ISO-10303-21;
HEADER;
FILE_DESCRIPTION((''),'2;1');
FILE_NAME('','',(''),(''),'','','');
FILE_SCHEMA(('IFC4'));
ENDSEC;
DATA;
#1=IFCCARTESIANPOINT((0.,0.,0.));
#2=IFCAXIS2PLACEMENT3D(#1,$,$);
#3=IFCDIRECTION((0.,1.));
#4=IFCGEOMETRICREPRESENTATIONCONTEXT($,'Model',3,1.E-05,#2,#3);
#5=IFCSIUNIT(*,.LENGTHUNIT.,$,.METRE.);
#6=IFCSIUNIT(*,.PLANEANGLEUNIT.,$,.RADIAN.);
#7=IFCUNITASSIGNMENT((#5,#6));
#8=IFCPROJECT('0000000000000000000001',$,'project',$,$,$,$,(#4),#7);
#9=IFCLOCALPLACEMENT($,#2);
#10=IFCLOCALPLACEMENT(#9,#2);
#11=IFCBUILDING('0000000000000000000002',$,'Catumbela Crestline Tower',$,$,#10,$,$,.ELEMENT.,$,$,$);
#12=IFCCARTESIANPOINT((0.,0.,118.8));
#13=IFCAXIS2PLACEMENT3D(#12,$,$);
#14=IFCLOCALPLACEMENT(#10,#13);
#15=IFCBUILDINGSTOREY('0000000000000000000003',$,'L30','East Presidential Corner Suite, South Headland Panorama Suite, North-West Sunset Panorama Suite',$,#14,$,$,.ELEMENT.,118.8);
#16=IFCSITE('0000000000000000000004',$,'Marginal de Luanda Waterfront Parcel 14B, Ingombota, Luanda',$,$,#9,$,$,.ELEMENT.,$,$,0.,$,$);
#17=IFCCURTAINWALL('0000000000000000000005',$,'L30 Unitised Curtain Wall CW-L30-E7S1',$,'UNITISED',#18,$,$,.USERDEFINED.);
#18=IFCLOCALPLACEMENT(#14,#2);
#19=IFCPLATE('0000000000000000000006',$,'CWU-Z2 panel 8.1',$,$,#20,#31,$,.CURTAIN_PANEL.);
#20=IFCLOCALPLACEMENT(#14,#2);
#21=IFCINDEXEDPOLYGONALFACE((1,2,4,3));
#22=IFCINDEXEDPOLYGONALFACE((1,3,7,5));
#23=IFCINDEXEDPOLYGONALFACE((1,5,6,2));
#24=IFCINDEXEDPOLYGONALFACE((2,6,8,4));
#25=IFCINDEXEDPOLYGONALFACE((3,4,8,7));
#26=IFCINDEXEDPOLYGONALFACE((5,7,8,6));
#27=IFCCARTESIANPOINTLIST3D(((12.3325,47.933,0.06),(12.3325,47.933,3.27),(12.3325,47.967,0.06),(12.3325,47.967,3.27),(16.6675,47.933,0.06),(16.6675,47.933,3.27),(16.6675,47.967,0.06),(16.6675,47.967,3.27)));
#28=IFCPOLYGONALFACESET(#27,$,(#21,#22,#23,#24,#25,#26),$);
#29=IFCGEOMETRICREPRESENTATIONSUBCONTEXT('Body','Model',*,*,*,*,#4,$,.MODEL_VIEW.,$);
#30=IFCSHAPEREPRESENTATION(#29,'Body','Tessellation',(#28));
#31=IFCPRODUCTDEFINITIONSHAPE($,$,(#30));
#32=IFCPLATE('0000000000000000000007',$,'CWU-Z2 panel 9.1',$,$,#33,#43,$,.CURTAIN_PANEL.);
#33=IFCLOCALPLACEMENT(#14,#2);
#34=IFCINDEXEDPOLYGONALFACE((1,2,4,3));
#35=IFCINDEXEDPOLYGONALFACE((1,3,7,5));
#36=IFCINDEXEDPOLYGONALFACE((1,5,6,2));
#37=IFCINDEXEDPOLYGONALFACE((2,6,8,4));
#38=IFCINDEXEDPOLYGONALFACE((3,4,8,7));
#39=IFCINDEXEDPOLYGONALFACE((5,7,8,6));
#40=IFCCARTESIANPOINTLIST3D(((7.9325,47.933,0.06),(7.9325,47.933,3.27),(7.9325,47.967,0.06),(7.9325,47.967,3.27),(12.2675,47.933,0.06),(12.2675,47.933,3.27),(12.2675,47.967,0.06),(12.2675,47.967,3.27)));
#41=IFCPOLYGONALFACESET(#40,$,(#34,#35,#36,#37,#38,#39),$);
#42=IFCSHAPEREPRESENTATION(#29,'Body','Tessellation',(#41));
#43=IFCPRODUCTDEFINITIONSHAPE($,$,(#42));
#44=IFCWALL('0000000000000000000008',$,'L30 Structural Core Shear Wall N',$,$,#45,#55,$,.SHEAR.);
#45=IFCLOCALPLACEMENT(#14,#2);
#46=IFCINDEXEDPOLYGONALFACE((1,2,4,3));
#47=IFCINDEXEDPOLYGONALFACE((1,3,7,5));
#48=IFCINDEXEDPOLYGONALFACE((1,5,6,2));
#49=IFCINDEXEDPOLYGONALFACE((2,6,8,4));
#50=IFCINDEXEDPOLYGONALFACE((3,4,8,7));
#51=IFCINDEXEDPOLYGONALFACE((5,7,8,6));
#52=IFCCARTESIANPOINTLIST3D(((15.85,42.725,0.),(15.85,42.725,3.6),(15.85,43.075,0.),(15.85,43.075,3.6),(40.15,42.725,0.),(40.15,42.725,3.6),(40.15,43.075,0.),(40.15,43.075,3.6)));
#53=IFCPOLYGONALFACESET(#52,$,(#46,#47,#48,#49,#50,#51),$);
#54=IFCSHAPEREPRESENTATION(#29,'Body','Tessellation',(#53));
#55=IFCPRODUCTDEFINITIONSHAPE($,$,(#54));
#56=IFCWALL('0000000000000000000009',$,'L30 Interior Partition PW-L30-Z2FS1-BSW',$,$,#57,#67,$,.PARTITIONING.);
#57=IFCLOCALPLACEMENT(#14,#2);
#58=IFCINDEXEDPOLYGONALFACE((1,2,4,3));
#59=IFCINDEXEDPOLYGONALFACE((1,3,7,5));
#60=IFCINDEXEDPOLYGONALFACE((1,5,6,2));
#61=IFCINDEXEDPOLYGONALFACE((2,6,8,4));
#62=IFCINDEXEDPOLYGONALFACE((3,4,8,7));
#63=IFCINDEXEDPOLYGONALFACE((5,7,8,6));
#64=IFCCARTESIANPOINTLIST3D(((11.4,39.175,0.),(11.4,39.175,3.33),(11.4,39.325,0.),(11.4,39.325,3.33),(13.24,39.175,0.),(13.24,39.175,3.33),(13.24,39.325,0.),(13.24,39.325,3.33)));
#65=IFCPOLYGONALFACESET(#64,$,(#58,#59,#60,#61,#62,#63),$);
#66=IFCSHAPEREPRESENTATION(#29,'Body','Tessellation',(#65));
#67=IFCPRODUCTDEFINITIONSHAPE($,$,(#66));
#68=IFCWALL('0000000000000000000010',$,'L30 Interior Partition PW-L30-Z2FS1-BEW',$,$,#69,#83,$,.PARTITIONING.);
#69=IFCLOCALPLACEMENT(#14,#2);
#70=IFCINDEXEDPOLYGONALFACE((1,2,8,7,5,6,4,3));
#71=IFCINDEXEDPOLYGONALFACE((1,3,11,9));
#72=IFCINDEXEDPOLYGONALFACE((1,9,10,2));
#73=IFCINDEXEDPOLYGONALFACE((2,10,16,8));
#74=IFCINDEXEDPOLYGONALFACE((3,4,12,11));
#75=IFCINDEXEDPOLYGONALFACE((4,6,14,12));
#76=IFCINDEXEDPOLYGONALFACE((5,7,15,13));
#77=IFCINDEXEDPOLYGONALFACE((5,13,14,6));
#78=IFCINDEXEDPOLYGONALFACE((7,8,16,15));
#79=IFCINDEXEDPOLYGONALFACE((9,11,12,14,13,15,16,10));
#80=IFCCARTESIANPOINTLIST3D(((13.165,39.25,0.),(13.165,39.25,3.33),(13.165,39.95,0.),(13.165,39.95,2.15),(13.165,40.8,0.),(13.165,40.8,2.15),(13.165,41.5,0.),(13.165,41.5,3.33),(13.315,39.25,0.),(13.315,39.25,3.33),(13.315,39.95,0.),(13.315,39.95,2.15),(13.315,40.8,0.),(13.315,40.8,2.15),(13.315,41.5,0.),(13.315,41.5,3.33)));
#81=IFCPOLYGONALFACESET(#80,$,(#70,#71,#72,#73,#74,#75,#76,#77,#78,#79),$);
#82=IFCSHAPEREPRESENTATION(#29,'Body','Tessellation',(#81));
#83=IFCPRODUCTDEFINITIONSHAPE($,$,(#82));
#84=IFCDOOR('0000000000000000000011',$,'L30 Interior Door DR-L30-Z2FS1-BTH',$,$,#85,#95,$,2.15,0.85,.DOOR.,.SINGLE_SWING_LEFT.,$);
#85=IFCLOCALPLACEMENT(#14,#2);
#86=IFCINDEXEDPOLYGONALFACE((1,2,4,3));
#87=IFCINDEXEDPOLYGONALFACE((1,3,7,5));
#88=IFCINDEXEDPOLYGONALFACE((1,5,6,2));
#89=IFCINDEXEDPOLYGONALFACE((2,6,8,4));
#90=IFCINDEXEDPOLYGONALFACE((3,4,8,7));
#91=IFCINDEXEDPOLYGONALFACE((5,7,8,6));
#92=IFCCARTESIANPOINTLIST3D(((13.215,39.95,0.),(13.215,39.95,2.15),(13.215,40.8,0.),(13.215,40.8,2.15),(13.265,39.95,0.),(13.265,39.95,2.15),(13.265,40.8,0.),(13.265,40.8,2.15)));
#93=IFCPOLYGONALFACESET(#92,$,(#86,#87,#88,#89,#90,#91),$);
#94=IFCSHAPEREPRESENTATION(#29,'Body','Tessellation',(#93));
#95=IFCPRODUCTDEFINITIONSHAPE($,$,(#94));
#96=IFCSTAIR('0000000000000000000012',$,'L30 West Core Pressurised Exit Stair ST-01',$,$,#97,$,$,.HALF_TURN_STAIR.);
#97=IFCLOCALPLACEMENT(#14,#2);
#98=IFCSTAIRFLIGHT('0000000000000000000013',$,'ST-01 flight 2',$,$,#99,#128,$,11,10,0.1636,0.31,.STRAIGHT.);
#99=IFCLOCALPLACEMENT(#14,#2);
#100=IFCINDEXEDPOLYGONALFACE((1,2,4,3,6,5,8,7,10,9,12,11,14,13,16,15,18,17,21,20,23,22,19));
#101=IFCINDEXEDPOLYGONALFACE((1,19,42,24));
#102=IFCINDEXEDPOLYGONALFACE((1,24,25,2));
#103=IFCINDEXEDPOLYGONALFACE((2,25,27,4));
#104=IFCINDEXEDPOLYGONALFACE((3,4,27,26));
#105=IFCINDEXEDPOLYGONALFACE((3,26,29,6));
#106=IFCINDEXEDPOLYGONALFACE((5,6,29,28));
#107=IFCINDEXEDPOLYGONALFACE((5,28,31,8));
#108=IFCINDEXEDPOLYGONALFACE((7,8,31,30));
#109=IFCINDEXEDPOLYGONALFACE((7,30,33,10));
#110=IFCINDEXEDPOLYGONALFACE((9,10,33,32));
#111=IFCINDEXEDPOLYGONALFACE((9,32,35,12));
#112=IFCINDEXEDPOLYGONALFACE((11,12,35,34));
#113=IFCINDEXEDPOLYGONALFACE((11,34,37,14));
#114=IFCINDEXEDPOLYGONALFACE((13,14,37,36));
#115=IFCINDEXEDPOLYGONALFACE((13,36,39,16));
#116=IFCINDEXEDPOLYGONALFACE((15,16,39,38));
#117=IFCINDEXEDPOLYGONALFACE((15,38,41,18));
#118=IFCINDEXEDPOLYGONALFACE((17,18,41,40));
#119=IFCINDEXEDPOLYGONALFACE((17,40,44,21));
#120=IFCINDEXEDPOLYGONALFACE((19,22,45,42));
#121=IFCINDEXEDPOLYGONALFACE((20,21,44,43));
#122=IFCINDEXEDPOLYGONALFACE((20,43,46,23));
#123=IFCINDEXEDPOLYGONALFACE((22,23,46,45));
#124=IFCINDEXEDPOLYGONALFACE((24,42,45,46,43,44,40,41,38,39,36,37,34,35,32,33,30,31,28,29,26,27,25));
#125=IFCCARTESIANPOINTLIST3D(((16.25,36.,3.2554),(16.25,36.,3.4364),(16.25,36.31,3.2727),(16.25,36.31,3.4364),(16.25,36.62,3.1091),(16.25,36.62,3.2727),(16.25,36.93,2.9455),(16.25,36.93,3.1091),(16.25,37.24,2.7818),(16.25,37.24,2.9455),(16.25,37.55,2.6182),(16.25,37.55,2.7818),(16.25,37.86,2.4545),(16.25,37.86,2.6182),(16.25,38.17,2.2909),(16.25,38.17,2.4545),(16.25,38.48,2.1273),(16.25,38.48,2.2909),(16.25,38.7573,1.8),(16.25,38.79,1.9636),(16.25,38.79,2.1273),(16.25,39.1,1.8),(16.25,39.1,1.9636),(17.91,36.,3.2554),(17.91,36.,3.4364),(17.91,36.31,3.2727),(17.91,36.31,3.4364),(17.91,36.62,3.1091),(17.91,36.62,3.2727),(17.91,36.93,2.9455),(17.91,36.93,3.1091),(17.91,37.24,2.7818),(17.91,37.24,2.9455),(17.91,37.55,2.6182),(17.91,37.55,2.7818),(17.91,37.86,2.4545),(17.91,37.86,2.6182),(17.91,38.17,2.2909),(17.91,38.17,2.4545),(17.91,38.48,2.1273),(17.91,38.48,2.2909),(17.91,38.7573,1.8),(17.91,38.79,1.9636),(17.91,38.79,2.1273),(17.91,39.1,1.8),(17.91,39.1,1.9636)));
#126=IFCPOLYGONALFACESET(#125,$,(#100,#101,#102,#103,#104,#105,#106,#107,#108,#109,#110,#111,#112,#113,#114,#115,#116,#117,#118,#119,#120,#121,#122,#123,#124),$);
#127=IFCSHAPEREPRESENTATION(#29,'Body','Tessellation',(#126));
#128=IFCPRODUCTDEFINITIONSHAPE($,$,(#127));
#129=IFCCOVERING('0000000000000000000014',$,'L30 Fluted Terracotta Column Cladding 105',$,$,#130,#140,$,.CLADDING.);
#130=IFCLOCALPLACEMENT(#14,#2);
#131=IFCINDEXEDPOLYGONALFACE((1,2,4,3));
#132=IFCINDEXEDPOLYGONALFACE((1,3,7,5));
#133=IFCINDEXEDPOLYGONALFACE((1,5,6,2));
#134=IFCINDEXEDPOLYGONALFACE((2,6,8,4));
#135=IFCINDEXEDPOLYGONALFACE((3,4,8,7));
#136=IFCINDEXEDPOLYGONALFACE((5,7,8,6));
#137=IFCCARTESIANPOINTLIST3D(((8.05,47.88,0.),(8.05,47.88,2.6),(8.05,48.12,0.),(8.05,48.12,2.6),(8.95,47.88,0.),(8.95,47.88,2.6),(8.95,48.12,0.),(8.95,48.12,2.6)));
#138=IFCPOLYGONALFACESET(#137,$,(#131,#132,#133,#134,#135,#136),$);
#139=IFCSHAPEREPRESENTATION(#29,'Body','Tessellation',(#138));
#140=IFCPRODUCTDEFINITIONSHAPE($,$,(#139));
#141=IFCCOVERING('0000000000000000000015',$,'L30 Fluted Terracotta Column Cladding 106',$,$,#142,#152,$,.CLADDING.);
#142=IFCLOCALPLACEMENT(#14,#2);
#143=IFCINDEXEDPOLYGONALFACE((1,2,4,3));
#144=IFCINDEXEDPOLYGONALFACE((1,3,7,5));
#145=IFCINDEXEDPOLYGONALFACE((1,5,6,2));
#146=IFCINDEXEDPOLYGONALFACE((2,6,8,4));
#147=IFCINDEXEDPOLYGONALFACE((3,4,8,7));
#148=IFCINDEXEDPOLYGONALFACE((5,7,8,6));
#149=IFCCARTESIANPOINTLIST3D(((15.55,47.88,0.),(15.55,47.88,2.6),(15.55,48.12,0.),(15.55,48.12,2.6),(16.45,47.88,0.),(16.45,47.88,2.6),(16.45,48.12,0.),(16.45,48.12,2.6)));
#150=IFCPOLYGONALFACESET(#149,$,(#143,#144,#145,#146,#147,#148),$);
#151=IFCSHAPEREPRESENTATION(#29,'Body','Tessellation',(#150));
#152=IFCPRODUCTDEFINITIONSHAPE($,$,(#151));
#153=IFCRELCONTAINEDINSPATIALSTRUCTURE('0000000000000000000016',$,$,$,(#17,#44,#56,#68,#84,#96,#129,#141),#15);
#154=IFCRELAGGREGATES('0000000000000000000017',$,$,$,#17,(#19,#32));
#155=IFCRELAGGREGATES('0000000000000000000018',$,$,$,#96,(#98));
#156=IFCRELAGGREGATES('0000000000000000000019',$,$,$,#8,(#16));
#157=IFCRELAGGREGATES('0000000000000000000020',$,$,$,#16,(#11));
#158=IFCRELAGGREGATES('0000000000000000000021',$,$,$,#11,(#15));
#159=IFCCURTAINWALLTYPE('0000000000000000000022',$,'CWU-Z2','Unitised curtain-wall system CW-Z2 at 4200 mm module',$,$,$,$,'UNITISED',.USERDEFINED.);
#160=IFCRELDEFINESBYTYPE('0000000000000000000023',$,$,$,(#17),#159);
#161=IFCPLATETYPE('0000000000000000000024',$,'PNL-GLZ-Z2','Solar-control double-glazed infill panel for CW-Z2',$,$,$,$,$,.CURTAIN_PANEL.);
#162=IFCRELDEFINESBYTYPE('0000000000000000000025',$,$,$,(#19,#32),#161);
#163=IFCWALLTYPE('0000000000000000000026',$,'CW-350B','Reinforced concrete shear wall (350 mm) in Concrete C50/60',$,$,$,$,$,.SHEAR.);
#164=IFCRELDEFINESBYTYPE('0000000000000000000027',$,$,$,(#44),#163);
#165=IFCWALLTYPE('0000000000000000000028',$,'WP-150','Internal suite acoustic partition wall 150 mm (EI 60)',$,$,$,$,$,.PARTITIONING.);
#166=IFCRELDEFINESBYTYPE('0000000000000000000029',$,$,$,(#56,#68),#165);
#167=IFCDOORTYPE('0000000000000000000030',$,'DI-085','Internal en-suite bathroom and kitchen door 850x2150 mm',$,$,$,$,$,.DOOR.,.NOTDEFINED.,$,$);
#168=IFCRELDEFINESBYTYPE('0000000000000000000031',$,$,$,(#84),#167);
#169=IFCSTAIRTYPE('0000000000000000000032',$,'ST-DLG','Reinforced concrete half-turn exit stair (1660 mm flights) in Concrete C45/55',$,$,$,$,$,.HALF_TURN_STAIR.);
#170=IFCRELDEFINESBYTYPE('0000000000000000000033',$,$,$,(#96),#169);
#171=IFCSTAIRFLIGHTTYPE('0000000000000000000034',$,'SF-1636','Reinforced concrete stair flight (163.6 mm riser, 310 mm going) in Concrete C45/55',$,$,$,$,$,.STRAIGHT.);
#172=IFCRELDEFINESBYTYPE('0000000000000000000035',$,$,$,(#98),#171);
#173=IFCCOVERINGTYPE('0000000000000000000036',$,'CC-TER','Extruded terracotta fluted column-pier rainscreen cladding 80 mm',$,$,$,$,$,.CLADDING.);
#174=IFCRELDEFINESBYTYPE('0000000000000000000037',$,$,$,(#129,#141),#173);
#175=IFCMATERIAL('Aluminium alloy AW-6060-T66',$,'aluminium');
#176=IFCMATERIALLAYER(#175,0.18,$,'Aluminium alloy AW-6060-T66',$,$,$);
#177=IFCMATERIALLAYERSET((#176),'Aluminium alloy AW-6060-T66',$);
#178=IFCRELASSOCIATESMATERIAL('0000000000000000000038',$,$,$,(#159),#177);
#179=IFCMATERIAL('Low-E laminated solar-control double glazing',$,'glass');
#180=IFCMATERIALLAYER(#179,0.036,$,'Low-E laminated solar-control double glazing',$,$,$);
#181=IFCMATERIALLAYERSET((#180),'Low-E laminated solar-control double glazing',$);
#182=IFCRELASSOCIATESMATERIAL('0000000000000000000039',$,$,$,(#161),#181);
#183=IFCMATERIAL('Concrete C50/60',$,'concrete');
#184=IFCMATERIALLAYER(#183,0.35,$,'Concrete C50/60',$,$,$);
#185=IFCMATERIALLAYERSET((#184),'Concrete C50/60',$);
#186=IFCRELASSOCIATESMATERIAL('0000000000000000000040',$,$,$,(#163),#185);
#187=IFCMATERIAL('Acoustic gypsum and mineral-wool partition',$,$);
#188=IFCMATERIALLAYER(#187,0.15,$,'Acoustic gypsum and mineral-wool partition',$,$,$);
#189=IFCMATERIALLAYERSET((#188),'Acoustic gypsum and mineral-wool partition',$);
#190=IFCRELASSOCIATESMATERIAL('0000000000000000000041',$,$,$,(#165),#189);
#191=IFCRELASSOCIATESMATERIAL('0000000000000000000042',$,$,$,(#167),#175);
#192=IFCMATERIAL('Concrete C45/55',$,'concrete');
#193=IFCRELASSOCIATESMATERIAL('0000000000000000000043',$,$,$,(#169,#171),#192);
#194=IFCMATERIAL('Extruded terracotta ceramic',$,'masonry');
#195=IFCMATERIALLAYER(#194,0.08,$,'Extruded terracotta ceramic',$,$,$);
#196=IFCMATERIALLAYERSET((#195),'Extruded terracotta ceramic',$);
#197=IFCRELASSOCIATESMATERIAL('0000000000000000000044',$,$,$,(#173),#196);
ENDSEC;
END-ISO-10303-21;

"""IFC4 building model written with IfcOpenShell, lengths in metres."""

from ifc_helpers import new_model, si_unit, direction, frame, frame_2d, origin, origin_2d, place, context, subcontext, project, spatial, polyline, rectangle, outline, extrude, material, layer, layer_set, type_object, element, fill, aggregate, save


model = new_model("IFC4")

# Units and contexts
model_context = context("Model", 3, precision=1e-05, world=origin(), true_north=direction((0.0, 1.0)))
body_context = subcontext(model_context, "Body", "Model", "MODEL_VIEW")
ifc_project = project(units=[si_unit("LENGTHUNIT", "METRE"), si_unit("PLANEANGLEUNIT", "RADIAN")], contexts=[model_context])

# Site, building, storey
site_placement = place(None, origin())
site = spatial("IfcSite", under=ifc_project, at=site_placement, Name="Marginal de Luanda Waterfront Parcel 14B, Ingombota, Luanda", CompositionType="ELEMENT", RefElevation=0.0)
building_placement = place(site_placement, origin())
building = spatial("IfcBuilding", under=site, at=building_placement, Name="Catumbela Crestline Tower", CompositionType="ELEMENT")
storey_placement = place(building_placement, frame((0.0, 0.0, 118.8)))
storey = spatial("IfcBuildingStorey", under=building, at=storey_placement, Name="L30", Description="East Presidential Corner Suite, South Headland Panorama Suite, North-West Sunset Panorama Suite", CompositionType="ELEMENT", Elevation=118.8)

# Curtain wall
ifc_material_1 = material(Name="Aluminium alloy AW-6060-T66", Category="aluminium")
ifc_layer_1 = layer(ifc_material_1, 0.18, Name="Aluminium alloy AW-6060-T66")
ifc_layer_set_1 = layer_set([ifc_layer_1], Name="Aluminium alloy AW-6060-T66")
curtain_wall_type = type_object("IfcCurtainWallType", Name="CWU-Z2", Description="Unitised curtain-wall system CW-Z2 at 4200 mm module", ElementType="UNITISED", PredefinedType="USERDEFINED", material=ifc_layer_set_1)
curtain_wall_placement = place(storey_placement, origin())
curtain_wall = element("IfcCurtainWall", 1, at=curtain_wall_placement, inside=storey, type_object=curtain_wall_type, Name="L30 Unitised Curtain Wall CW-L30-E7S1", ObjectType="UNITISED", PredefinedType="USERDEFINED")

# Plates
ifc_material_2 = material(Name="Low-E laminated solar-control double glazing", Category="glass")
ifc_layer_2 = layer(ifc_material_2, 0.036, Name="Low-E laminated solar-control double glazing")
ifc_layer_set_2 = layer_set([ifc_layer_2], Name="Low-E laminated solar-control double glazing")
plate_type = type_object("IfcPlateType", Name="PNL-GLZ-Z2", Description="Solar-control double-glazed infill panel for CW-Z2", PredefinedType="CURTAIN_PANEL", material=ifc_layer_set_2)
plate_1_placement = place(storey_placement, frame((14.5, 47.95, 0.06), z_axis=(0.0, 0.0, 1.0), x_axis=(-1.0, 0.0, 0.0)))
plate_1 = element("IfcPlate", 2, at=plate_1_placement, type_object=plate_type, Name="CWU-Z2 panel 8.1", PredefinedType="CURTAIN_PANEL", context=body_context, shape_type="SweptSolid", body=[
    extrude(rectangle(XDim=4.335, YDim=0.034, at=origin_2d()), origin(), (0.0, 0.0, 1.0), 3.21),
])
plate_2_placement = place(storey_placement, frame((10.1, 47.95, 0.06), z_axis=(0.0, 0.0, 1.0), x_axis=(-1.0, 0.0, 0.0)))
plate_2 = element("IfcPlate", 3, at=plate_2_placement, type_object=plate_type, Name="CWU-Z2 panel 9.1", PredefinedType="CURTAIN_PANEL", context=body_context, shape_type="SweptSolid", body=[
    extrude(rectangle(XDim=4.335, YDim=0.034, at=origin_2d()), origin(), (0.0, 0.0, 1.0), 3.21),
])
aggregate(curtain_wall, [plate_1, plate_2])

# Walls
ifc_material_3 = material(Name="Concrete C50/60", Category="concrete")
ifc_layer_3 = layer(ifc_material_3, 0.35, Name="Concrete C50/60")
ifc_layer_set_3 = layer_set([ifc_layer_3], Name="Concrete C50/60")
wall_type_1 = type_object("IfcWallType", Name="CW-350B", Description="Reinforced concrete shear wall (350 mm) in Concrete C50/60", PredefinedType="SHEAR", material=ifc_layer_set_3)
wall_1_placement = place(storey_placement, frame((15.85, 42.9, 0.0), z_axis=(0.0, 0.0, 1.0), x_axis=(1.0, 0.0, 0.0)))
element("IfcWall", 4, at=wall_1_placement, inside=storey, type_object=wall_type_1, Name="L30 Structural Core Shear Wall N", PredefinedType="SHEAR", context=body_context, shape_type="SweptSolid", body=[
    extrude(rectangle(XDim=24.3, YDim=0.35, at=frame_2d((12.15, 0.0))), origin(), (0.0, 0.0, 1.0), 3.6),
])
ifc_material_4 = material(Name="Acoustic gypsum and mineral-wool partition")
ifc_layer_4 = layer(ifc_material_4, 0.15, Name="Acoustic gypsum and mineral-wool partition")
ifc_layer_set_4 = layer_set([ifc_layer_4], Name="Acoustic gypsum and mineral-wool partition")
wall_type_2 = type_object("IfcWallType", Name="WP-150", Description="Internal suite acoustic partition wall 150 mm (EI 60)", PredefinedType="PARTITIONING", material=ifc_layer_set_4)
wall_2_placement = place(storey_placement, frame((11.4, 39.25, 0.0), z_axis=(0.0, 0.0, 1.0), x_axis=(1.0, 0.0, 0.0)))
element("IfcWall", 5, at=wall_2_placement, inside=storey, type_object=wall_type_2, Name="L30 Interior Partition PW-L30-Z2FS1-BSW", PredefinedType="PARTITIONING", context=body_context, shape_type="SweptSolid", body=[
    extrude(rectangle(XDim=1.84, YDim=0.15, at=frame_2d((0.92, 0.0))), origin(), (0.0, 0.0, 1.0), 3.33),
])

# Wall, opening, door
wall_3_placement = place(storey_placement, frame((13.24, 39.25, 0.0), z_axis=(0.0, 0.0, 1.0), x_axis=(0.0, 1.0, 0.0)))
wall_3 = element("IfcWall", 6, at=wall_3_placement, inside=storey, type_object=wall_type_2, Name="L30 Interior Partition PW-L30-Z2FS1-BEW", PredefinedType="PARTITIONING", context=body_context, shape_type="SweptSolid", body=[
    extrude(rectangle(XDim=2.25, YDim=0.15, at=frame_2d((1.125, 0.0))), origin(), (0.0, 0.0, 1.0), 3.33),
])
opening_placement = place(wall_3_placement, frame((0.7, 0.0, 0.0)))
opening = element("IfcOpeningElement", 7, at=opening_placement, cuts=wall_3, PredefinedType="OPENING", context=body_context, shape_type="SweptSolid", body=[
    extrude(rectangle(XDim=0.85, YDim=2.15, at=frame_2d((0.425, 1.075))), frame((0.0, 0.085, 0.0), z_axis=(0.0, -1.0, 0.0), x_axis=(1.0, 0.0, 0.0)), (0.0, 0.0, 1.0), 0.17),
])
door_type = type_object("IfcDoorType", Name="DI-085", Description="Internal en-suite bathroom and kitchen door 850x2150 mm", OperationType="NOTDEFINED", PredefinedType="DOOR", material=ifc_material_1)
door_placement = place(opening_placement, origin())
door = element("IfcDoor", 8, at=door_placement, inside=storey, type_object=door_type, Name="L30 Interior Door DR-L30-Z2FS1-BTH", OperationType="SINGLE_SWING_LEFT", OverallHeight=2.15, OverallWidth=0.85, PredefinedType="DOOR", context=body_context, shape_type="SweptSolid", body=[
    extrude(rectangle(XDim=0.85, YDim=2.15, at=frame_2d((0.425, 1.075))), frame((0.0, 0.025, 0.0), z_axis=(0.0, -1.0, 0.0), x_axis=(1.0, 0.0, 0.0)), (0.0, 0.0, 1.0), 0.05),
])
fill(opening, door)

# Stair, stair flight
ifc_material_5 = material(Name="Concrete C45/55", Category="concrete")
stair_type = type_object("IfcStairType", Name="ST-DLG", Description="Reinforced concrete half-turn exit stair (1660 mm flights) in Concrete C45/55", PredefinedType="HALF_TURN_STAIR", material=ifc_material_5)
stair_placement = place(storey_placement, origin())
stair = element("IfcStair", 9, at=stair_placement, inside=storey, type_object=stair_type, Name="L30 West Core Pressurised Exit Stair ST-01", PredefinedType="HALF_TURN_STAIR")
stair_flight_type = type_object("IfcStairFlightType", Name="SF-1636", Description="Reinforced concrete stair flight (163.6 mm riser, 310 mm going) in Concrete C45/55", PredefinedType="STRAIGHT", material=ifc_material_5)
stair_flight_placement = place(storey_placement, frame((17.08, 39.1, 1.8), z_axis=(0.0, 0.0, 1.0), x_axis=(0.0, -1.0, 0.0)))
stair_flight = element("IfcStairFlight", 10, at=stair_flight_placement, type_object=stair_flight_type, Name="ST-01 flight 2", NumberOfRisers=11, NumberOfTreads=10, PredefinedType="STRAIGHT", RiserHeight=0.1636, TreadLength=0.31, context=body_context, shape_type="SweptSolid", body=[
    extrude(outline(polyline([(0.0, 0.0), (0.0, 0.1636), (0.31, 0.1636), (0.31, 0.3273), (0.62, 0.3273), (0.62, 0.4909), (0.93, 0.4909), (0.93, 0.6545), (1.24, 0.6545), (1.24, 0.8182), (1.55, 0.8182), (1.55, 0.9818), (1.86, 0.9818), (1.86, 1.1455), (2.17, 1.1455), (2.17, 1.3091), (2.48, 1.3091), (2.48, 1.4727), (2.79, 1.4727), (2.79, 1.6364), (3.1, 1.6364), (3.1, 1.8), (3.1, 1.4554), (0.3427, 0.0), (0.0, 0.0)])), frame((0.0, 0.83, 0.0), z_axis=(0.0, -1.0, 0.0), x_axis=(1.0, 0.0, 0.0)), (0.0, 0.0, 1.0), 1.66),
])
aggregate(stair, [stair_flight])

# Coverings
ifc_material_6 = material(Name="Extruded terracotta ceramic", Category="masonry")
ifc_layer_5 = layer(ifc_material_6, 0.08, Name="Extruded terracotta ceramic")
ifc_layer_set_5 = layer_set([ifc_layer_5], Name="Extruded terracotta ceramic")
covering_type = type_object("IfcCoveringType", Name="CC-TER", Description="Extruded terracotta fluted column-pier rainscreen cladding 80 mm", PredefinedType="CLADDING", material=ifc_layer_set_5)
for number, where, z_axis, x_axis, name in (
    (11, (8.5, 48.0, 0.0), (0.0, 0.0, 1.0), (-1.0, 0.0, 0.0), "L30 Fluted Terracotta Column Cladding 105"),
    (12, (16.0, 48.0, 0.0), (0.0, 0.0, 1.0), (-1.0, 0.0, 0.0), "L30 Fluted Terracotta Column Cladding 106"),
):
    element("IfcCovering", number, at=place(storey_placement, frame(where, z_axis=z_axis, x_axis=x_axis)), inside=storey, type_object=covering_type, Name=name, PredefinedType="CLADDING", context=body_context, shape_type="SweptSolid", body=[
        extrude(rectangle(XDim=0.9, YDim=0.24, at=origin_2d()), origin(), (0.0, 0.0, 1.0), 2.6),
    ])

save(model, "model.ifc")
